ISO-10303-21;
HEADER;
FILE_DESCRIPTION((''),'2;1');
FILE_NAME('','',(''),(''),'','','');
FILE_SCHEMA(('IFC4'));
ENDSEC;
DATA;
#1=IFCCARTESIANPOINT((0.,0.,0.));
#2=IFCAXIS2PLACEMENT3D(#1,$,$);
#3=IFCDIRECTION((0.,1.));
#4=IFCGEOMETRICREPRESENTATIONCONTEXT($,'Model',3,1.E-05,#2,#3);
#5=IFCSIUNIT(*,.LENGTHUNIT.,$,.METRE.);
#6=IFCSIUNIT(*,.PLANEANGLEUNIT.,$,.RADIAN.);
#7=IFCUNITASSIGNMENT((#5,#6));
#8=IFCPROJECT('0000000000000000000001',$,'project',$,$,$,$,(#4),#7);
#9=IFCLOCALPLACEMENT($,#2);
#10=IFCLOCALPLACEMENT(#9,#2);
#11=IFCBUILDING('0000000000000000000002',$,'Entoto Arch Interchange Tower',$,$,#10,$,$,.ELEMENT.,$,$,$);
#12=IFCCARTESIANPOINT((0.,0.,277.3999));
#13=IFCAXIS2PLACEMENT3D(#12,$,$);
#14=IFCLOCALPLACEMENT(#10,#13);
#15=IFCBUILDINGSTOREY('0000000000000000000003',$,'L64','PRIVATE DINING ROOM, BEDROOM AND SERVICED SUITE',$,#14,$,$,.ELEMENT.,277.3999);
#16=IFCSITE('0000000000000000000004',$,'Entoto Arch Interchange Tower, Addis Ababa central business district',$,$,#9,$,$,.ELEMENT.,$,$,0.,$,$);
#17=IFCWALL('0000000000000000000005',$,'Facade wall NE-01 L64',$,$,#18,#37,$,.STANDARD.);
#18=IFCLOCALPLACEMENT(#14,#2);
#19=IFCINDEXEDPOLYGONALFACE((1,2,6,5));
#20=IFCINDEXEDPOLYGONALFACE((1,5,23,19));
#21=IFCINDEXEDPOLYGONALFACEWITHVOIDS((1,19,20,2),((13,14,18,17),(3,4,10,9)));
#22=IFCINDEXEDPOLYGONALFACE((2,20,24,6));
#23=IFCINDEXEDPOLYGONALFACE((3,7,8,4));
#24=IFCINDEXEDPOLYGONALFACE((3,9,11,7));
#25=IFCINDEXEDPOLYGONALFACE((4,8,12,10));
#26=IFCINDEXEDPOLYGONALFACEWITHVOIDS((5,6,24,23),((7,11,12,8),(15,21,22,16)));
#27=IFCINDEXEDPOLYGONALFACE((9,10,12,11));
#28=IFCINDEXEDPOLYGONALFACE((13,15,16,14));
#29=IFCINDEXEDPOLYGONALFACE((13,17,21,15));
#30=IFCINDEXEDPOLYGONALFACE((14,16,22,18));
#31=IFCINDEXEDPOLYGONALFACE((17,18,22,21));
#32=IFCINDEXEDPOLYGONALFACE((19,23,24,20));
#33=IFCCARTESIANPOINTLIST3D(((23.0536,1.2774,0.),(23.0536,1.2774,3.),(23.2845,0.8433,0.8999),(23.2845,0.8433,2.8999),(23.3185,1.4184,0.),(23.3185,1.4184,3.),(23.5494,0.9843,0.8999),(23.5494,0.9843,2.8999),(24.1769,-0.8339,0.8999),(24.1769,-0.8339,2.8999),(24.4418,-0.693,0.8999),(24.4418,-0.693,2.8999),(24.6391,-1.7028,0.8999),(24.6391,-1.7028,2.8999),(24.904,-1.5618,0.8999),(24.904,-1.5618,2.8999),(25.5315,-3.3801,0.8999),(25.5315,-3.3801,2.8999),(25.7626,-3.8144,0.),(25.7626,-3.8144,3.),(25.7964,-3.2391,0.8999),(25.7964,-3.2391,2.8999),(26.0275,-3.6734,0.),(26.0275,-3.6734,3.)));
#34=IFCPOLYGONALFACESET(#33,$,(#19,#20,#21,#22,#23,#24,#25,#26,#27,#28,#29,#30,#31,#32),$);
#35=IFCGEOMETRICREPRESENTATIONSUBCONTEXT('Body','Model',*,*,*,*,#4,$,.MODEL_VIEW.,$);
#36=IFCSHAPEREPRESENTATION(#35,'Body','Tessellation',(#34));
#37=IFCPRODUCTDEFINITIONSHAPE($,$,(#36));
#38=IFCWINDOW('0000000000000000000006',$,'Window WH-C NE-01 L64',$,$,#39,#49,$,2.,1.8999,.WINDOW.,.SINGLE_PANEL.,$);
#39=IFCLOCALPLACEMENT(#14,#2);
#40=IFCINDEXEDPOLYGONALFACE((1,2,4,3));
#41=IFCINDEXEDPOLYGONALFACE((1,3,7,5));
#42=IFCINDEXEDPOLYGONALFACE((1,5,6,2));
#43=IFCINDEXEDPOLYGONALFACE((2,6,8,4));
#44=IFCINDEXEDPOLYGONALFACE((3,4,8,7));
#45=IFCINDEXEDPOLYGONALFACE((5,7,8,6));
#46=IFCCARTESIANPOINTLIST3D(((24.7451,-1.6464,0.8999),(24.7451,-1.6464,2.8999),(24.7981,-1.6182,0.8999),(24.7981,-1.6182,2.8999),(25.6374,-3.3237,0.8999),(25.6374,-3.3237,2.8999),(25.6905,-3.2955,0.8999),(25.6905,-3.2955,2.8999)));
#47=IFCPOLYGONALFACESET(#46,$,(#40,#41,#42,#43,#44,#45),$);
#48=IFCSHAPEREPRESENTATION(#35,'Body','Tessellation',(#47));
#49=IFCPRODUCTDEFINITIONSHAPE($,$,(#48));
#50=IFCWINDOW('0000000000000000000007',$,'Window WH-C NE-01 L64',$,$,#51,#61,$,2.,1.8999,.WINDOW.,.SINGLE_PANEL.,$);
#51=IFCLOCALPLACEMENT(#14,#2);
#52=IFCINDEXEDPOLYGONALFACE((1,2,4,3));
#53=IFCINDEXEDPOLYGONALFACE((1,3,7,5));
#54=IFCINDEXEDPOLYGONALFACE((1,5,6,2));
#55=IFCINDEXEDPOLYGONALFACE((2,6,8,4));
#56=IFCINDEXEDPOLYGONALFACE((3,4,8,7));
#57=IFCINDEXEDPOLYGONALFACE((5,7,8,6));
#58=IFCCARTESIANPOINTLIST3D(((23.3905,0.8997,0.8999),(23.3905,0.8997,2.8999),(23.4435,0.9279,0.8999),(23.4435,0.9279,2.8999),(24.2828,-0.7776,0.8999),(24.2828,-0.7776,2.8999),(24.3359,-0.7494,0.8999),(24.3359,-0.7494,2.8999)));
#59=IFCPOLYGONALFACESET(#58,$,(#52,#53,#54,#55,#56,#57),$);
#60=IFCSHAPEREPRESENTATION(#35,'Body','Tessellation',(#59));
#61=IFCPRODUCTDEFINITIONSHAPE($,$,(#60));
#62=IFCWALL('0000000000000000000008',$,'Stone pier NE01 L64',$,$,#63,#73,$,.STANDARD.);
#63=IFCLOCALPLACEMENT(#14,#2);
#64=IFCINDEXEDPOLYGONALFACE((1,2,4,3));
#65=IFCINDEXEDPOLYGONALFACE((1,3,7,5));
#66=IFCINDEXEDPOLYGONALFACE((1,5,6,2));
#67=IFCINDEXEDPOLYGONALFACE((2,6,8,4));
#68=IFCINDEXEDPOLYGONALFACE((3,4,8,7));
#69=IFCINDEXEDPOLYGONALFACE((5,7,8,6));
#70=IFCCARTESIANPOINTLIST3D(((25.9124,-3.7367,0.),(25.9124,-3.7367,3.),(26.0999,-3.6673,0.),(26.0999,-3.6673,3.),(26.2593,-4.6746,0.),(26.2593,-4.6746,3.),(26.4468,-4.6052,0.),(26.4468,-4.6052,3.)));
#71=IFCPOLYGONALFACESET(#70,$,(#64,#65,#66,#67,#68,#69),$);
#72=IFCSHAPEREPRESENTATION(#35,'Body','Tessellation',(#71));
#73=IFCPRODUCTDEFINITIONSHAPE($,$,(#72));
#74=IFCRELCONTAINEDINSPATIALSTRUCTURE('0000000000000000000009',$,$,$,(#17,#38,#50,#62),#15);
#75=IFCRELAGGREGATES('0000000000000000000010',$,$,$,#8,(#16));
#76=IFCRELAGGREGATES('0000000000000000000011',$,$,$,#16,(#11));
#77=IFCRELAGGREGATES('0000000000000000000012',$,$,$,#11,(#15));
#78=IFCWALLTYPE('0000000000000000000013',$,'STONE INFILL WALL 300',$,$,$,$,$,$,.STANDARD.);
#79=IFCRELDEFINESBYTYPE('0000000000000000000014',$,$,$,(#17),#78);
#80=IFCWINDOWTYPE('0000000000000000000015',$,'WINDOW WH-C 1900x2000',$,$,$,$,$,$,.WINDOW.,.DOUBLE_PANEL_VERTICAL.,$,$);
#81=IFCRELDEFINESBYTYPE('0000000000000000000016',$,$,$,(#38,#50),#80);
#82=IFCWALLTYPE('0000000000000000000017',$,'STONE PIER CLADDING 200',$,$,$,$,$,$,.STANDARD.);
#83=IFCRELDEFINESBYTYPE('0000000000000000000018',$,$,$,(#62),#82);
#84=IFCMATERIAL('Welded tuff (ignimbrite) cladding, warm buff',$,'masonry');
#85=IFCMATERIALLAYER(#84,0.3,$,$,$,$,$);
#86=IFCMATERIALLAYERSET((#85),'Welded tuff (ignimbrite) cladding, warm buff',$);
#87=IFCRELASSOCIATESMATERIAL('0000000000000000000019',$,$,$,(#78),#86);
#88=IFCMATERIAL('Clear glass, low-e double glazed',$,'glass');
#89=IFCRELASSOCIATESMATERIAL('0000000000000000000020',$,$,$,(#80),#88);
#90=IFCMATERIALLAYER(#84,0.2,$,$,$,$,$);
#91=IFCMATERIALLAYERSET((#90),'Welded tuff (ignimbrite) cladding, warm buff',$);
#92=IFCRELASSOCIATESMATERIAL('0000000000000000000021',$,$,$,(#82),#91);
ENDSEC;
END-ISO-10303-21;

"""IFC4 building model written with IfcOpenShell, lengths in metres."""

from ifc_helpers import new_model, si_unit, direction, frame, frame_2d, origin, place, context, subcontext, project, spatial, rectangle, extrude, material, layer, layer_set, type_object, element, fill, save


model = new_model("IFC4")

# Units and contexts
model_context = context("Model", 3, precision=1e-05, world=origin(), true_north=direction((0.0, 1.0)))
body_context = subcontext(model_context, "Body", "Model", "MODEL_VIEW")
ifc_project = project(units=[si_unit("LENGTHUNIT", "METRE"), si_unit("PLANEANGLEUNIT", "RADIAN")], contexts=[model_context])

# Site, building, storey
site_placement = place(None, origin())
site = spatial("IfcSite", under=ifc_project, at=site_placement, Name="Entoto Arch Interchange Tower, Addis Ababa central business district", CompositionType="ELEMENT", RefElevation=0.0)
building_placement = place(site_placement, origin())
building = spatial("IfcBuilding", under=site, at=building_placement, Name="Entoto Arch Interchange Tower", CompositionType="ELEMENT")
storey_placement = place(building_placement, frame((0.0, 0.0, 277.3999)))
storey = spatial("IfcBuildingStorey", under=building, at=storey_placement, Name="L64", Description="PRIVATE DINING ROOM, BEDROOM AND SERVICED SUITE", CompositionType="ELEMENT", Elevation=277.3999)

# Shared definitions
ifc_material_1 = material(Name="Welded tuff (ignimbrite) cladding, warm buff", Category="masonry")
ifc_layer_1 = layer(ifc_material_1, 0.3)
ifc_layer_set_1 = layer_set([ifc_layer_1], Name="Welded tuff (ignimbrite) cladding, warm buff")
wall_type_1 = type_object("IfcWallType", Name="STONE INFILL WALL 300", PredefinedType="STANDARD", material=ifc_layer_set_1)
ifc_material_2 = material(Name="Clear glass, low-e double glazed", Category="glass")

# Wall, openings, windows
wall_1_placement = place(storey_placement, frame((25.895, -3.7439, 0.0), z_axis=(0.0, 0.0, 1.0), x_axis=(-0.469692, 0.882831, 0.0)))
wall_1 = element("IfcWall", 1, at=wall_1_placement, inside=storey, type_object=wall_type_1, Name="Facade wall NE-01 L64", PredefinedType="STANDARD", context=body_context, shape_type="SweptSolid", body=[
    extrude(rectangle(XDim=5.7676, YDim=0.3, at=frame_2d((2.8838, 0.0))), origin(), (0.0, 0.0, 1.0), 3.0),
])
opening_1_placement = place(wall_1_placement, frame((0.4919, 0.0, 0.8999)))
opening_1 = element("IfcOpeningElement", 2, at=opening_1_placement, cuts=wall_1, PredefinedType="OPENING", context=body_context, shape_type="SweptSolid", body=[
    extrude(rectangle(XDim=1.8999, YDim=2.0, at=frame_2d((0.95, 1.0))), frame((0.0, 0.1602, 0.0), z_axis=(0.0, -1.0, 0.0), x_axis=(1.0, 0.0, 0.0)), (0.0, 0.0, 1.0), 0.3201),
])
opening_2_placement = place(wall_1_placement, frame((3.376, 0.0, 0.8999)))
opening_2 = element("IfcOpeningElement", 3, at=opening_2_placement, cuts=wall_1, PredefinedType="OPENING", context=body_context, shape_type="SweptSolid", body=[
    extrude(rectangle(XDim=1.8999, YDim=2.0, at=frame_2d((0.95, 1.0))), frame((0.0, 0.1602, 0.0), z_axis=(0.0, -1.0, 0.0), x_axis=(1.0, 0.0, 0.0)), (0.0, 0.0, 1.0), 0.3201),
])
window_type_1 = type_object("IfcWindowType", Name="WINDOW WH-C 1900x2000", PartitioningType="DOUBLE_PANEL_VERTICAL", PredefinedType="WINDOW", material=ifc_material_2)
window_1_placement = place(opening_1_placement, origin())
window_1 = element("IfcWindow", 4, at=window_1_placement, inside=storey, type_object=window_type_1, Name="Window WH-C NE-01 L64", OverallHeight=2.0, OverallWidth=1.8999, PartitioningType="SINGLE_PANEL", PredefinedType="WINDOW", context=body_context, shape_type="SweptSolid", body=[
    extrude(rectangle(XDim=1.8999, YDim=2.0, at=frame_2d((0.95, 1.0))), frame((0.0, 0.03, 0.0), z_axis=(0.0, -1.0, 0.0), x_axis=(1.0, 0.0, 0.0)), (0.0, 0.0, 1.0), 0.0601),
])
fill(opening_1, window_1)
window_2_placement = place(opening_2_placement, origin())
window_2 = element("IfcWindow", 5, at=window_2_placement, inside=storey, type_object=window_type_1, Name="Window WH-C NE-01 L64", OverallHeight=2.0, OverallWidth=1.8999, PartitioningType="SINGLE_PANEL", PredefinedType="WINDOW", context=body_context, shape_type="SweptSolid", body=[
    extrude(rectangle(XDim=1.8999, YDim=2.0, at=frame_2d((0.95, 1.0))), frame((0.0, 0.03, 0.0), z_axis=(0.0, -1.0, 0.0), x_axis=(1.0, 0.0, 0.0)), (0.0, 0.0, 1.0), 0.0601),
])
fill(opening_2, window_2)

# Wall
ifc_layer_2 = layer(ifc_material_1, 0.2)
ifc_layer_set_2 = layer_set([ifc_layer_2], Name="Welded tuff (ignimbrite) cladding, warm buff")
wall_type_2 = type_object("IfcWallType", Name="STONE PIER CLADDING 200", PredefinedType="STANDARD", material=ifc_layer_set_2)
wall_2_placement = place(storey_placement, frame((26.353, -4.6399, 0.0), z_axis=(0.0, 0.0, 1.0), x_axis=(-0.346893, 0.937905, 0.0)))
element("IfcWall", 6, at=wall_2_placement, inside=storey, type_object=wall_type_2, Name="Stone pier NE01 L64", PredefinedType="STANDARD", context=body_context, shape_type="SweptSolid", body=[
    extrude(rectangle(XDim=1.0, YDim=0.2, at=frame_2d((0.5, 0.0))), origin(), (0.0, 0.0, 1.0), 3.0),
])

save(model, "model.ifc")
